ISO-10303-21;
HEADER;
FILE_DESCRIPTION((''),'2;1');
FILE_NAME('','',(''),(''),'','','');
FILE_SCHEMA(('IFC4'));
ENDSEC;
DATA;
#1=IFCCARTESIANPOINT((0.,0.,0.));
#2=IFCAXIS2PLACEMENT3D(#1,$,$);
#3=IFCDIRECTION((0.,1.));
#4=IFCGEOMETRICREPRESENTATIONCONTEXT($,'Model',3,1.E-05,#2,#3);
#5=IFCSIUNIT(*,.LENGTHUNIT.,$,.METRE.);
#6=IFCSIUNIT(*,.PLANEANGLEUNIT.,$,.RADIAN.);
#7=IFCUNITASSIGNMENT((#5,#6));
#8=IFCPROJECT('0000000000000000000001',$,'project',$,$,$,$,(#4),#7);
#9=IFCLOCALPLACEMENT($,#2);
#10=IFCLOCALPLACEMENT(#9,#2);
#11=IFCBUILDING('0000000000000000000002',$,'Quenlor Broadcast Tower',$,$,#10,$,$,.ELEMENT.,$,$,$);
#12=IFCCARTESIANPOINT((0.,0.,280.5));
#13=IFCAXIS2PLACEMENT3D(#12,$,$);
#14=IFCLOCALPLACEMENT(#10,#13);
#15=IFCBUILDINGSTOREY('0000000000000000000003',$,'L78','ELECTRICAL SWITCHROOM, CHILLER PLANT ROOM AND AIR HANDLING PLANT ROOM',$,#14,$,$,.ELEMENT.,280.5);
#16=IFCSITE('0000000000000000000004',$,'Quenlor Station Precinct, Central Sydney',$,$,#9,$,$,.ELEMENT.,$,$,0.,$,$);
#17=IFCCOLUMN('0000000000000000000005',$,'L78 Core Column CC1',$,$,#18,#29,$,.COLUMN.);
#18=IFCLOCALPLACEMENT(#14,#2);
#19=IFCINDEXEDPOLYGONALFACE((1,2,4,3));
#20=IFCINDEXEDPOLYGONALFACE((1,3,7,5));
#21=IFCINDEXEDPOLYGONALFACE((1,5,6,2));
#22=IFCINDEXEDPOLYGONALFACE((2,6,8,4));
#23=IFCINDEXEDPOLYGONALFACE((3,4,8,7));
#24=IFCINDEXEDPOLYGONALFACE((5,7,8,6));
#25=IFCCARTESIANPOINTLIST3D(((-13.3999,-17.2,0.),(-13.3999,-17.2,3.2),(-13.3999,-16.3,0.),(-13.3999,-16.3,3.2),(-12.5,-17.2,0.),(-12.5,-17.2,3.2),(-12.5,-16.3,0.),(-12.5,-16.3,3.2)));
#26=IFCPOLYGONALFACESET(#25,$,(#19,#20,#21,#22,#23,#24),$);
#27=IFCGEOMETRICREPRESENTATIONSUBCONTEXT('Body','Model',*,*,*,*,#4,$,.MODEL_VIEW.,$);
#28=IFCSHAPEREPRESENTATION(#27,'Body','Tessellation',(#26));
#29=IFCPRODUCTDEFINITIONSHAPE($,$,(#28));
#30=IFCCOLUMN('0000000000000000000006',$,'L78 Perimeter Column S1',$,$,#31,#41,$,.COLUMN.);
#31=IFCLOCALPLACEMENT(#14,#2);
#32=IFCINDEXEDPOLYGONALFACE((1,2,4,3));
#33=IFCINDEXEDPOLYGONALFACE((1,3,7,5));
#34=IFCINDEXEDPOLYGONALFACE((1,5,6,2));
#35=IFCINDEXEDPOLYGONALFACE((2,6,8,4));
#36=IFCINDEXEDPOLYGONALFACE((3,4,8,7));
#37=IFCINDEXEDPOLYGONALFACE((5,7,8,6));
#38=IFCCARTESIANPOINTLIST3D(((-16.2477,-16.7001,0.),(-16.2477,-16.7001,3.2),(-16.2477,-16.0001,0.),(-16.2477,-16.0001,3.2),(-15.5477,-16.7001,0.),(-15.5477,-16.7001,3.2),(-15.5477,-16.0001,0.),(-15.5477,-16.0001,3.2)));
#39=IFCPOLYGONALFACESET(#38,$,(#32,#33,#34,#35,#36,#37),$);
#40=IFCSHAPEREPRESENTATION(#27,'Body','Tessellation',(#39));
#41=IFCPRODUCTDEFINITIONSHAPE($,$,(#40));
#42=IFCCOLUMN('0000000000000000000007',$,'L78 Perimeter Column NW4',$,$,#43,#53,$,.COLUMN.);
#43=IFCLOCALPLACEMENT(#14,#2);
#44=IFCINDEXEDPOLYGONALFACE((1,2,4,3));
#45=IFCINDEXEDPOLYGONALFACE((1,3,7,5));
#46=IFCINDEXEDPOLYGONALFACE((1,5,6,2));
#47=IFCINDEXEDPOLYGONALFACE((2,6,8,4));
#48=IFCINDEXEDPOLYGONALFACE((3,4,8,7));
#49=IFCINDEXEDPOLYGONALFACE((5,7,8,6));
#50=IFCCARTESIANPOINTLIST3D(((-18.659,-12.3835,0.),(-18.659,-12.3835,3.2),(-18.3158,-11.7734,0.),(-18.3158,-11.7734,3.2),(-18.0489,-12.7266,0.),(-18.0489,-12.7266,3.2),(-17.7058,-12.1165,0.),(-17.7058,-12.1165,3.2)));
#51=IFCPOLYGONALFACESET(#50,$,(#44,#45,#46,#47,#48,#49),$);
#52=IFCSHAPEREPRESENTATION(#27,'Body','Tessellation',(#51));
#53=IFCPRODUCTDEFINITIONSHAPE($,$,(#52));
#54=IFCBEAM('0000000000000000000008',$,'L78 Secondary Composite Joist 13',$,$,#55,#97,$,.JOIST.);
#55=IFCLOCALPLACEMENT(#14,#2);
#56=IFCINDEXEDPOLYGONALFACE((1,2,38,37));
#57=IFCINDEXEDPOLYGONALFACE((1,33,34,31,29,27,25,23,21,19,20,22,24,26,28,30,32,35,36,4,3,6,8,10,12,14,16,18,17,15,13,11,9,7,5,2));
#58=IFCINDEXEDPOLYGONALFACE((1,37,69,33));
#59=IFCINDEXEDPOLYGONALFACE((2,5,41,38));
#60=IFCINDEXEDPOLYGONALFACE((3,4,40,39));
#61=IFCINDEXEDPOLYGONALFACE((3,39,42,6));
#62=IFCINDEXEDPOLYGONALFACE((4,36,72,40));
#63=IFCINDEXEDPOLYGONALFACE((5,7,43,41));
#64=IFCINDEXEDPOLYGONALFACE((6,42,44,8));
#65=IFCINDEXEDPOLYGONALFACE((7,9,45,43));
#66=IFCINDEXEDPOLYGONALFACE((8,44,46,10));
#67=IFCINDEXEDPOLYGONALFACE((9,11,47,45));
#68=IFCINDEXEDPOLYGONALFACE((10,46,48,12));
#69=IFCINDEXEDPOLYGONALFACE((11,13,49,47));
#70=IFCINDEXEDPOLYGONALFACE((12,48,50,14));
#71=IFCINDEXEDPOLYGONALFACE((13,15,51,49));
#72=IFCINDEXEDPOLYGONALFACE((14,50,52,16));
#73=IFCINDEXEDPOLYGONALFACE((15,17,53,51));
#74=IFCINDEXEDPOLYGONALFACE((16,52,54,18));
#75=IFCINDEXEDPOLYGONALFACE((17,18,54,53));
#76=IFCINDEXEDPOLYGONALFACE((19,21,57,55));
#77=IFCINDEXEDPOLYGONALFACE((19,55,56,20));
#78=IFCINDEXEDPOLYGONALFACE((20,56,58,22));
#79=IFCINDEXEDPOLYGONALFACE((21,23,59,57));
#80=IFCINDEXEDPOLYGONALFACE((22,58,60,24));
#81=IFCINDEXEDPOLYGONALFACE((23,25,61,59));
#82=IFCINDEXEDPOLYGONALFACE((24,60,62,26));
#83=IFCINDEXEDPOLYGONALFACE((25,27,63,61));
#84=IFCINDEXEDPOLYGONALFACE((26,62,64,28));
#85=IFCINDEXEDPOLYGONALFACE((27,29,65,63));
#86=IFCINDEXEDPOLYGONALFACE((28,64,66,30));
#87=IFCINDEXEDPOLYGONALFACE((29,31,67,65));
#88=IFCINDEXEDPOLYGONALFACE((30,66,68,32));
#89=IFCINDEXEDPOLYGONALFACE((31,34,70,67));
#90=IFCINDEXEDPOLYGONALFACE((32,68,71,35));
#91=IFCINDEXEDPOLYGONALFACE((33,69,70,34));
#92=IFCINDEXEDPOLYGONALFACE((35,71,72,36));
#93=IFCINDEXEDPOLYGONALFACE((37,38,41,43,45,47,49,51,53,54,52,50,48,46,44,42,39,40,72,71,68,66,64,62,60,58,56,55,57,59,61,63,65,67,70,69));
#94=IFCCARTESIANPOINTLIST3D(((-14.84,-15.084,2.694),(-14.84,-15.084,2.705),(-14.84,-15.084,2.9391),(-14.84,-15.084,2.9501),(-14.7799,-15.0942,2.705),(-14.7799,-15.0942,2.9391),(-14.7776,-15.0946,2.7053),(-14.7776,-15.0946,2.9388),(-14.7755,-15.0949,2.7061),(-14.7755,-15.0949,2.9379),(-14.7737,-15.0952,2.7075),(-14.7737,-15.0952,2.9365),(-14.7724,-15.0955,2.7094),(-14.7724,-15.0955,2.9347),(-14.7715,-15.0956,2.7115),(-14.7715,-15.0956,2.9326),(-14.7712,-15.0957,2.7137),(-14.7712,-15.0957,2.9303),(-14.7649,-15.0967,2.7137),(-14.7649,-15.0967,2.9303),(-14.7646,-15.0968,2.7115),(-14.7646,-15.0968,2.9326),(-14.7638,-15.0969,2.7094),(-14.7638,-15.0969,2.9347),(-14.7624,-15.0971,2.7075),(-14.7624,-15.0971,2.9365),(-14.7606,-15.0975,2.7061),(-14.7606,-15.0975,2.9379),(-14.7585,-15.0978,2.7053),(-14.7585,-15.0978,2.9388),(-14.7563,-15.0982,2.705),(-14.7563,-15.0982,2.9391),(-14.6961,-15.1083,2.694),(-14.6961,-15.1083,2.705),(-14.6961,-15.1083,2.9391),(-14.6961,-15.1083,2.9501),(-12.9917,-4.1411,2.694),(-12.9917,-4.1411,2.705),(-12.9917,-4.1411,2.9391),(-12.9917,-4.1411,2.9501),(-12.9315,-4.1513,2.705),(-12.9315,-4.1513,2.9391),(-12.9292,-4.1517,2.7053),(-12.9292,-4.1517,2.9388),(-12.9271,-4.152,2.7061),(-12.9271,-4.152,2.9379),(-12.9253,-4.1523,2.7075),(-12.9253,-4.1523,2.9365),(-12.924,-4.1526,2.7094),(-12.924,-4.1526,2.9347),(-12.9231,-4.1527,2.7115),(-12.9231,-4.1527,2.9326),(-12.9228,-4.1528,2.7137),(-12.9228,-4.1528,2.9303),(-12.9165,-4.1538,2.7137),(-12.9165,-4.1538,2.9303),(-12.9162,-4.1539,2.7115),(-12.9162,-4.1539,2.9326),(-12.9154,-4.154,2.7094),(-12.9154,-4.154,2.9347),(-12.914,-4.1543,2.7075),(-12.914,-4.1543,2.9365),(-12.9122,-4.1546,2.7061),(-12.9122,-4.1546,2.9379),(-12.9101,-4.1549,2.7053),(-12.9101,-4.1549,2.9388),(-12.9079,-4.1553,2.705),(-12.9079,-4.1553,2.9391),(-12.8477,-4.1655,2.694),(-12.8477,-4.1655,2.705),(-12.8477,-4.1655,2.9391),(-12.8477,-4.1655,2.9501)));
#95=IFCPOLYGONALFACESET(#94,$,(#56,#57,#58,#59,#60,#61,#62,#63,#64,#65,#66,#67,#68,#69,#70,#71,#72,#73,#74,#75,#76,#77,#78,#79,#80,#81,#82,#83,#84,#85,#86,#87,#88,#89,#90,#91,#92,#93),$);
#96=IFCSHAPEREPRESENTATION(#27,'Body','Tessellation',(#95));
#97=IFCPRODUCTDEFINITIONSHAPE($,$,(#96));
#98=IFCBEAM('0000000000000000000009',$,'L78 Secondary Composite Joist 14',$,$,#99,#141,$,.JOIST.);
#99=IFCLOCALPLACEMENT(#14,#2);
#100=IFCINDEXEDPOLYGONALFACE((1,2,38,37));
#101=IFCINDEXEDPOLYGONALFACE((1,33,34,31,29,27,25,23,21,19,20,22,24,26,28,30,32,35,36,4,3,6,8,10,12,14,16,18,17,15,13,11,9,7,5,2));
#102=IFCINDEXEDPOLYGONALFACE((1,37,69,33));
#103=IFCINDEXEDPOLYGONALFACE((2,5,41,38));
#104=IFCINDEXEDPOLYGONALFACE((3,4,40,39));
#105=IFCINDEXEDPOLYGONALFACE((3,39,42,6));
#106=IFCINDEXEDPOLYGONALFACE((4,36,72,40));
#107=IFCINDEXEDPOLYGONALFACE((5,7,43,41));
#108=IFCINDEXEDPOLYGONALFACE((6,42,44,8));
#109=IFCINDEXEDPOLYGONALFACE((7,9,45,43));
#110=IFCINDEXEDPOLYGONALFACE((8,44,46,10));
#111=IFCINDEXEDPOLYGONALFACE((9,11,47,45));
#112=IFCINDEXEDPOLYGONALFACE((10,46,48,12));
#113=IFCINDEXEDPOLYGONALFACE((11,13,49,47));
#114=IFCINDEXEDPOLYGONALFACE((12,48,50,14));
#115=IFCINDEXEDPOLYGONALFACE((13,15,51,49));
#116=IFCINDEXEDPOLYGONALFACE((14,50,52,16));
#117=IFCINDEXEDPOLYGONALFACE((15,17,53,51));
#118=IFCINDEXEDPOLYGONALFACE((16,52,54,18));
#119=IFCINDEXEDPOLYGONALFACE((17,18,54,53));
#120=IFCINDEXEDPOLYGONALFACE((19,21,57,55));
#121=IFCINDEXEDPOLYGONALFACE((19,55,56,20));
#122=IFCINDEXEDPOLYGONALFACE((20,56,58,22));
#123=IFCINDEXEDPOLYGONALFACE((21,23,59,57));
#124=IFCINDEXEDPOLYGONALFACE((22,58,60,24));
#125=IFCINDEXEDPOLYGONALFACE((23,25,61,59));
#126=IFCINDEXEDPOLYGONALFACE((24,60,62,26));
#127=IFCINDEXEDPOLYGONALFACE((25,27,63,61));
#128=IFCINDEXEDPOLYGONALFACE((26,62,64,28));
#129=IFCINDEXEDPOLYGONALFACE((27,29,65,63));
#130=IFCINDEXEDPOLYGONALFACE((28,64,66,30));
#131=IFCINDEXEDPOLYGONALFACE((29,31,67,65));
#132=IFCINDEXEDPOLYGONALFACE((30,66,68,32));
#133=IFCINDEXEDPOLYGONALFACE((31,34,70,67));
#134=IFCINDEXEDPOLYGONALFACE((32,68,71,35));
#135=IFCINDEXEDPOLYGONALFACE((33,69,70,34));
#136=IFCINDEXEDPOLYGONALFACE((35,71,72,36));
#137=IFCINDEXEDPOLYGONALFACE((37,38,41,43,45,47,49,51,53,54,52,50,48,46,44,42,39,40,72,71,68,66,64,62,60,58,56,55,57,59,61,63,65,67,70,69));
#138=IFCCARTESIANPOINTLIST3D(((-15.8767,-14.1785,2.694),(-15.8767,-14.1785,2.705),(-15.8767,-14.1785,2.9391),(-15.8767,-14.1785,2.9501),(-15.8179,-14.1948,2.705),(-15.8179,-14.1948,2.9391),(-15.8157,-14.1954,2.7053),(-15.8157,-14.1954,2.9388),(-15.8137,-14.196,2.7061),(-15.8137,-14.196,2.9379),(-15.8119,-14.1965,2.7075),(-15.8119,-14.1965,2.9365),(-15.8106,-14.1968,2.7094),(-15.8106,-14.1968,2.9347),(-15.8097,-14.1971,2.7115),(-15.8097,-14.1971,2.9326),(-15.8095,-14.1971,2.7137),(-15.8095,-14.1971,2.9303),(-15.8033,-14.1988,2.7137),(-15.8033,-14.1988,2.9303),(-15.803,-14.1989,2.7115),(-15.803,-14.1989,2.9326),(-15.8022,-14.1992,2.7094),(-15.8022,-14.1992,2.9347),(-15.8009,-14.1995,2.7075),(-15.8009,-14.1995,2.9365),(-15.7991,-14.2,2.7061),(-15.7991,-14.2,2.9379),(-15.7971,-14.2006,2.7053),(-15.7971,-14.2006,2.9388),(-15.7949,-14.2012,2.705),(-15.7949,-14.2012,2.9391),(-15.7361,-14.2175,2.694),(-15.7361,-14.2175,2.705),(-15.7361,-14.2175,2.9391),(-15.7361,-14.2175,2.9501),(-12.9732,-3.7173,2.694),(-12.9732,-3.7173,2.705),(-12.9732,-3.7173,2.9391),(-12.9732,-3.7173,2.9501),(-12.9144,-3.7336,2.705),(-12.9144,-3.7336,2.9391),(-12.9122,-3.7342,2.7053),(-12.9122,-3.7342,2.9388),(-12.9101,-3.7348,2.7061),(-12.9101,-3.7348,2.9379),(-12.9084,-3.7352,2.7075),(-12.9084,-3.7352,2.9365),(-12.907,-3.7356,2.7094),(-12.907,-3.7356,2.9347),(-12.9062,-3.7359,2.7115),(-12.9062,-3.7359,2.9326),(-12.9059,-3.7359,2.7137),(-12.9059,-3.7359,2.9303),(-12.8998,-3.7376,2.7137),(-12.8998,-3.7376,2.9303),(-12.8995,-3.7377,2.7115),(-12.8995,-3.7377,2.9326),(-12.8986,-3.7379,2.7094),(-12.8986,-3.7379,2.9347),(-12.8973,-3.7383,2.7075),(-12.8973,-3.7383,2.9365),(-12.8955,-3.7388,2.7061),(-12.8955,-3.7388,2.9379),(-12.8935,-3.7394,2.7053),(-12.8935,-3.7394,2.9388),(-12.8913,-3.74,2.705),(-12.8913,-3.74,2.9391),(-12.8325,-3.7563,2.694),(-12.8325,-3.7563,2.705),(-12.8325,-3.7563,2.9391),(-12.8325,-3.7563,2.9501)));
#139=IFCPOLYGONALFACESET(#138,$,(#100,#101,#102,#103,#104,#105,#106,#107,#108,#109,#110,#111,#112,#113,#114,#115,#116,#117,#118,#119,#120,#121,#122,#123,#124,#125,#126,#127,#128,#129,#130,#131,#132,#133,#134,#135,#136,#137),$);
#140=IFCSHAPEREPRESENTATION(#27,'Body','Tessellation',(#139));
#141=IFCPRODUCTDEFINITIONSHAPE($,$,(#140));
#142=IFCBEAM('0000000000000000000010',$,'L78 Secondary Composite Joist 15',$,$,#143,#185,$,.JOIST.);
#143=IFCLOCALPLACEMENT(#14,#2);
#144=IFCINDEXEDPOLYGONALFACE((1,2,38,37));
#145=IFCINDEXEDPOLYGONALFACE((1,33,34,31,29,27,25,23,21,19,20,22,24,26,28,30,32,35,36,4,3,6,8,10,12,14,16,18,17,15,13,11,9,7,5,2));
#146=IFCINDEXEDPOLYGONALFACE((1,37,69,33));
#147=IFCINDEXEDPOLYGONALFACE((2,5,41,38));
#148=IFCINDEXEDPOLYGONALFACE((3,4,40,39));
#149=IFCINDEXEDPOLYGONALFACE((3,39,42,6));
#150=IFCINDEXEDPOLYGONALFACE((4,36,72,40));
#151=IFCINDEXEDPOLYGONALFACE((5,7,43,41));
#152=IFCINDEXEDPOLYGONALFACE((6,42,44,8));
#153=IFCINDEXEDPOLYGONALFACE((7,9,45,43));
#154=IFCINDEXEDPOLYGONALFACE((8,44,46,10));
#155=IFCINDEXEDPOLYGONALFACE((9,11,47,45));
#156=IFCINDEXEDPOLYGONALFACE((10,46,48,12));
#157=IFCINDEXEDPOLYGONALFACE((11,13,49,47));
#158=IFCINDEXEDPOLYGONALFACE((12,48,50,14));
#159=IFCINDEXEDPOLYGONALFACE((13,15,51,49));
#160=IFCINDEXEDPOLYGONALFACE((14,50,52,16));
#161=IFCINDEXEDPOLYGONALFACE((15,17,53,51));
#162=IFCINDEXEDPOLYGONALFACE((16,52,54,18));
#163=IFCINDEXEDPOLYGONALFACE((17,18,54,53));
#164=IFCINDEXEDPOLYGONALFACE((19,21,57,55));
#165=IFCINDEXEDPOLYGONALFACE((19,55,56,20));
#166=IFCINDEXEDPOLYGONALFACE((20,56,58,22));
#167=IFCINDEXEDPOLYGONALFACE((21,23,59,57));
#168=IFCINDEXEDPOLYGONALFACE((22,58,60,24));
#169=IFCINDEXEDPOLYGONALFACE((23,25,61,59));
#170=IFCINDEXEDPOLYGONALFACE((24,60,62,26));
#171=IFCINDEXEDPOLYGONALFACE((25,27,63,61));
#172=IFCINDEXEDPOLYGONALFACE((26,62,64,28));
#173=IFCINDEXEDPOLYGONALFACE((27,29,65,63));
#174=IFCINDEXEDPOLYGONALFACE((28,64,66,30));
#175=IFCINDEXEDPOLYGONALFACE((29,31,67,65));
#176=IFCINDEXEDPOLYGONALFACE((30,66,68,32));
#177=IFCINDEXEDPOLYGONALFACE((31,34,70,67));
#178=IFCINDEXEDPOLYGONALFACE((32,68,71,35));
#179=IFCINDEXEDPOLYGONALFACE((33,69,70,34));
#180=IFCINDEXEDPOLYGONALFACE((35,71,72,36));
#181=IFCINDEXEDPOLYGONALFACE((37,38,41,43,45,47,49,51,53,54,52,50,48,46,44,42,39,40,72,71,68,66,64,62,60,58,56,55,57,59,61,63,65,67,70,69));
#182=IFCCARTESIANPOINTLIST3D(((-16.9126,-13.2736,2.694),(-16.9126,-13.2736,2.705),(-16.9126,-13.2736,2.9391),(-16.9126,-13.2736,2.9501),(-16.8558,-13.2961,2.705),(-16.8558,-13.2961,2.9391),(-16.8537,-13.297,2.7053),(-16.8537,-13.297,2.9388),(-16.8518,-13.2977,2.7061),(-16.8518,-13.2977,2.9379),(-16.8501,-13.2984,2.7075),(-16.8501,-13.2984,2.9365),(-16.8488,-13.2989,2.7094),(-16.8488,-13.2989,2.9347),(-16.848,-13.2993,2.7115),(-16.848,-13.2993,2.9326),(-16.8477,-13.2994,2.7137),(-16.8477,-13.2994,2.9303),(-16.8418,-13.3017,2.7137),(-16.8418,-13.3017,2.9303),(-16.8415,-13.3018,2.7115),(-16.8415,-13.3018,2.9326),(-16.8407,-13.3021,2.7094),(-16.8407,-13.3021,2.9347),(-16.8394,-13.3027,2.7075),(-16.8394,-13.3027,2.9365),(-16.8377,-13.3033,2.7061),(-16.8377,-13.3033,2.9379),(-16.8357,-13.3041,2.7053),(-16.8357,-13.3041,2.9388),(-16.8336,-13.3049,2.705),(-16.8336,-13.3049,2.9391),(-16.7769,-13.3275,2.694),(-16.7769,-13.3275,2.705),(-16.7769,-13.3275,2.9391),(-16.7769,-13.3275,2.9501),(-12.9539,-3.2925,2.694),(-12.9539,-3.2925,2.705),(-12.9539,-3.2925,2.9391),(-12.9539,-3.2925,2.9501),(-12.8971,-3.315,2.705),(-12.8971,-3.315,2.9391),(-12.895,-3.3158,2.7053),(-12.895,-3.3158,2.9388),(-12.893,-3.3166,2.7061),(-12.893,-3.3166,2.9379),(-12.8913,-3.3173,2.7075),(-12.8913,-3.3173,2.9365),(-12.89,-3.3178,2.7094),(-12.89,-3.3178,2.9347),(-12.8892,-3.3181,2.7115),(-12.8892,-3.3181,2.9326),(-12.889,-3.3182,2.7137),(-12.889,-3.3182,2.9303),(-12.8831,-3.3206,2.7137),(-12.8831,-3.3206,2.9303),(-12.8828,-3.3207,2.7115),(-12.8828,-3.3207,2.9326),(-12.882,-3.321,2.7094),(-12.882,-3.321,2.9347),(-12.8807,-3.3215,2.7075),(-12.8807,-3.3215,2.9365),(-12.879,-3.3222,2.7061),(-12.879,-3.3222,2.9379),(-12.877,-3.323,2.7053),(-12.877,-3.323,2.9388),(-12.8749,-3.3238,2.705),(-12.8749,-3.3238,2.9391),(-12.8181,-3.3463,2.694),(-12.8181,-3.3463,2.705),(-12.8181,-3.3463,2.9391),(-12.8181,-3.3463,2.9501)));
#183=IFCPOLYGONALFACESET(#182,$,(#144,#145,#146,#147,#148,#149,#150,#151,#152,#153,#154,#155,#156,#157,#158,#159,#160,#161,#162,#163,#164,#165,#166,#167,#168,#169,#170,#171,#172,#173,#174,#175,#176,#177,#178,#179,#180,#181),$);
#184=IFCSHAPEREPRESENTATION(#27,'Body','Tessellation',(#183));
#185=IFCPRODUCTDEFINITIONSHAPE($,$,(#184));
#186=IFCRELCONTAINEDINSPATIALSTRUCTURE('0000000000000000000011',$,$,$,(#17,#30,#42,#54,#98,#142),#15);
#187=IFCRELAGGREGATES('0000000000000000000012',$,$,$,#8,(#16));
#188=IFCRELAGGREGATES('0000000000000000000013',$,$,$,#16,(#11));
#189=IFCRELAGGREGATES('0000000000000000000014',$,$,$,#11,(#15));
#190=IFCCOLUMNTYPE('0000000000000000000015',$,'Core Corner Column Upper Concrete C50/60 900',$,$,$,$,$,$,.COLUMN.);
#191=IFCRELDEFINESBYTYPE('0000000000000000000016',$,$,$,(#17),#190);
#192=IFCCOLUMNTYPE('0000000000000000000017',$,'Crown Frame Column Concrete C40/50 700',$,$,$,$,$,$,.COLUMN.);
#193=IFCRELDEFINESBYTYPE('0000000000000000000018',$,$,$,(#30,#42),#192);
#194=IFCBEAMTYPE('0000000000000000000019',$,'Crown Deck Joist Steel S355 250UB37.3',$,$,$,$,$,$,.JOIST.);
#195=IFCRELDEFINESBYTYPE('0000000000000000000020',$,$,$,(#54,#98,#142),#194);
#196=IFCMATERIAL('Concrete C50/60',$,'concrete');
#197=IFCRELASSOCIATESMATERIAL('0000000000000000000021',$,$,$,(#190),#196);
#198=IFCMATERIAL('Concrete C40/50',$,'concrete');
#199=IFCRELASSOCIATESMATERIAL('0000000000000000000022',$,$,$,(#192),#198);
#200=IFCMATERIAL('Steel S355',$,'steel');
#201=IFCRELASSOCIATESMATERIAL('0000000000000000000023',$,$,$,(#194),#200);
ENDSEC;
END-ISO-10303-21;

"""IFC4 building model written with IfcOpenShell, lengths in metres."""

from ifc_helpers import new_model, si_unit, direction, frame, origin, origin_2d, place, context, subcontext, project, spatial, rectangle, i_section, extrude, material, material_profile, profile_set, type_object, element, save


model = new_model("IFC4")

# Units and contexts
model_context = context("Model", 3, precision=1e-05, world=origin(), true_north=direction((0.0, 1.0)))
body_context = subcontext(model_context, "Body", "Model", "MODEL_VIEW")
ifc_project = project(units=[si_unit("LENGTHUNIT", "METRE"), si_unit("PLANEANGLEUNIT", "RADIAN")], contexts=[model_context])

# Site, building, storey
site_placement = place(None, origin())
site = spatial("IfcSite", under=ifc_project, at=site_placement, Name="Quenlor Station Precinct, Central Sydney", CompositionType="ELEMENT", RefElevation=0.0)
building_placement = place(site_placement, origin())
building = spatial("IfcBuilding", under=site, at=building_placement, Name="Quenlor Broadcast Tower", CompositionType="ELEMENT")
storey_placement = place(building_placement, frame((0.0, 0.0, 280.5)))
storey = spatial("IfcBuildingStorey", under=building, at=storey_placement, Name="L78", Description="ELECTRICAL SWITCHROOM, CHILLER PLANT ROOM AND AIR HANDLING PLANT ROOM", CompositionType="ELEMENT", Elevation=280.5)

# Columns
ifc_material_1 = material(Name="Concrete C50/60", Category="concrete")
ifc_material_profile_1 = material_profile(ifc_material_1, rectangle(XDim=0.8999, YDim=0.8999, at=origin_2d()))
ifc_profile_set_1 = profile_set([ifc_material_profile_1], Name="Concrete C50/60 RC900x900")
column_type_1 = type_object("IfcColumnType", Name="Core Corner Column Upper Concrete C50/60 900", PredefinedType="COLUMN", material=ifc_profile_set_1)
column_placement = place(storey_placement, frame((-12.95, -16.75, 0.0), z_axis=(0.0, 0.0, 1.0), x_axis=(1.0, 0.0, 0.0)))
element("IfcColumn", 1, at=column_placement, inside=storey, type_object=column_type_1, Name="L78 Core Column CC1", PredefinedType="COLUMN", context=body_context, shape_type="SweptSolid", body=[
    extrude(rectangle(XDim=0.8999, YDim=0.8999, at=origin_2d()), origin(), (0.0, 0.0, 1.0), 3.2),
])
ifc_material_2 = material(Name="Concrete C40/50", Category="concrete")
ifc_material_profile_2 = material_profile(ifc_material_2, rectangle(XDim=0.7, YDim=0.7, at=origin_2d()))
ifc_profile_set_2 = profile_set([ifc_material_profile_2], Name="Concrete C40/50 RC700x700")
column_type_2 = type_object("IfcColumnType", Name="Crown Frame Column Concrete C40/50 700", PredefinedType="COLUMN", material=ifc_profile_set_2)
for number, where, z_axis, x_axis, name in (
    (2, (-15.8977, -16.3501, 0.0), (0.0, 0.0, 1.0), (0.0, 1.0, 0.0), "L78 Perimeter Column S1"),
    (3, (-18.1824, -12.25, 0.0), (0.0, 0.0, 1.0), (-0.871575, 0.490262, 0.0), "L78 Perimeter Column NW4"),
):
    element("IfcColumn", number, at=place(storey_placement, frame(where, z_axis=z_axis, x_axis=x_axis)), inside=storey, type_object=column_type_2, Name=name, PredefinedType="COLUMN", context=body_context, shape_type="SweptSolid", body=[
        extrude(rectangle(XDim=0.7, YDim=0.7, at=origin_2d()), origin(), (0.0, 0.0, 1.0), 3.2),
    ])

# Beams
ifc_material_3 = material(Name="Steel S355", Category="steel")
ifc_material_profile_3 = material_profile(ifc_material_3, i_section(OverallWidth=0.146, OverallDepth=0.2561, WebThickness=0.0063, FlangeThickness=0.011, FilletRadius=0.0088, at=origin_2d()))
ifc_profile_set_3 = profile_set([ifc_material_profile_3], Name="Steel S355 250UB37.3")
beam_type_1 = type_object("IfcBeamType", Name="Crown Deck Joist Steel S355 250UB37.3", PredefinedType="JOIST", material=ifc_profile_set_3)
beam_1_placement = place(storey_placement, frame((-14.7681, -15.0962, 2.822), z_axis=(0.166553, 0.986032, 0.0), x_axis=(-0.986032, 0.166553, 0.0)))
element("IfcBeam", 4, at=beam_1_placement, inside=storey, type_object=beam_type_1, Name="L78 Secondary Composite Joist 13", PredefinedType="JOIST", context=body_context, shape_type="SweptSolid", body=[
    extrude(i_section(OverallWidth=0.146, OverallDepth=0.2561, WebThickness=0.0063, FlangeThickness=0.011, FilletRadius=0.0088, at=origin_2d()), origin(), (0.0, 0.0, 1.0), 11.0979),
])
beam_2_placement = place(storey_placement, frame((-15.8064, -14.198, 2.822), z_axis=(0.267446, 0.963573, 0.0), x_axis=(-0.963573, 0.267446, 0.0)))
element("IfcBeam", 5, at=beam_2_placement, inside=storey, type_object=beam_type_1, Name="L78 Secondary Composite Joist 14", PredefinedType="JOIST", context=body_context, shape_type="SweptSolid", body=[
    extrude(i_section(OverallWidth=0.146, OverallDepth=0.2561, WebThickness=0.0063, FlangeThickness=0.011, FilletRadius=0.0088, at=origin_2d()), origin(), (0.0, 0.0, 1.0), 10.8567),
])
beam_3_placement = place(storey_placement, frame((-16.8447, -13.3005, 2.822), z_axis=(0.36868, 0.929556, 0.0), x_axis=(-0.929556, 0.36868, 0.0)))
element("IfcBeam", 6, at=beam_3_placement, inside=storey, type_object=beam_type_1, Name="L78 Secondary Composite Joist 15", PredefinedType="JOIST", context=body_context, shape_type="SweptSolid", body=[
    extrude(i_section(OverallWidth=0.146, OverallDepth=0.2561, WebThickness=0.0063, FlangeThickness=0.011, FilletRadius=0.0088, at=origin_2d()), origin(), (0.0, 0.0, 1.0), 10.7375),
])

save(model, "model.ifc")
